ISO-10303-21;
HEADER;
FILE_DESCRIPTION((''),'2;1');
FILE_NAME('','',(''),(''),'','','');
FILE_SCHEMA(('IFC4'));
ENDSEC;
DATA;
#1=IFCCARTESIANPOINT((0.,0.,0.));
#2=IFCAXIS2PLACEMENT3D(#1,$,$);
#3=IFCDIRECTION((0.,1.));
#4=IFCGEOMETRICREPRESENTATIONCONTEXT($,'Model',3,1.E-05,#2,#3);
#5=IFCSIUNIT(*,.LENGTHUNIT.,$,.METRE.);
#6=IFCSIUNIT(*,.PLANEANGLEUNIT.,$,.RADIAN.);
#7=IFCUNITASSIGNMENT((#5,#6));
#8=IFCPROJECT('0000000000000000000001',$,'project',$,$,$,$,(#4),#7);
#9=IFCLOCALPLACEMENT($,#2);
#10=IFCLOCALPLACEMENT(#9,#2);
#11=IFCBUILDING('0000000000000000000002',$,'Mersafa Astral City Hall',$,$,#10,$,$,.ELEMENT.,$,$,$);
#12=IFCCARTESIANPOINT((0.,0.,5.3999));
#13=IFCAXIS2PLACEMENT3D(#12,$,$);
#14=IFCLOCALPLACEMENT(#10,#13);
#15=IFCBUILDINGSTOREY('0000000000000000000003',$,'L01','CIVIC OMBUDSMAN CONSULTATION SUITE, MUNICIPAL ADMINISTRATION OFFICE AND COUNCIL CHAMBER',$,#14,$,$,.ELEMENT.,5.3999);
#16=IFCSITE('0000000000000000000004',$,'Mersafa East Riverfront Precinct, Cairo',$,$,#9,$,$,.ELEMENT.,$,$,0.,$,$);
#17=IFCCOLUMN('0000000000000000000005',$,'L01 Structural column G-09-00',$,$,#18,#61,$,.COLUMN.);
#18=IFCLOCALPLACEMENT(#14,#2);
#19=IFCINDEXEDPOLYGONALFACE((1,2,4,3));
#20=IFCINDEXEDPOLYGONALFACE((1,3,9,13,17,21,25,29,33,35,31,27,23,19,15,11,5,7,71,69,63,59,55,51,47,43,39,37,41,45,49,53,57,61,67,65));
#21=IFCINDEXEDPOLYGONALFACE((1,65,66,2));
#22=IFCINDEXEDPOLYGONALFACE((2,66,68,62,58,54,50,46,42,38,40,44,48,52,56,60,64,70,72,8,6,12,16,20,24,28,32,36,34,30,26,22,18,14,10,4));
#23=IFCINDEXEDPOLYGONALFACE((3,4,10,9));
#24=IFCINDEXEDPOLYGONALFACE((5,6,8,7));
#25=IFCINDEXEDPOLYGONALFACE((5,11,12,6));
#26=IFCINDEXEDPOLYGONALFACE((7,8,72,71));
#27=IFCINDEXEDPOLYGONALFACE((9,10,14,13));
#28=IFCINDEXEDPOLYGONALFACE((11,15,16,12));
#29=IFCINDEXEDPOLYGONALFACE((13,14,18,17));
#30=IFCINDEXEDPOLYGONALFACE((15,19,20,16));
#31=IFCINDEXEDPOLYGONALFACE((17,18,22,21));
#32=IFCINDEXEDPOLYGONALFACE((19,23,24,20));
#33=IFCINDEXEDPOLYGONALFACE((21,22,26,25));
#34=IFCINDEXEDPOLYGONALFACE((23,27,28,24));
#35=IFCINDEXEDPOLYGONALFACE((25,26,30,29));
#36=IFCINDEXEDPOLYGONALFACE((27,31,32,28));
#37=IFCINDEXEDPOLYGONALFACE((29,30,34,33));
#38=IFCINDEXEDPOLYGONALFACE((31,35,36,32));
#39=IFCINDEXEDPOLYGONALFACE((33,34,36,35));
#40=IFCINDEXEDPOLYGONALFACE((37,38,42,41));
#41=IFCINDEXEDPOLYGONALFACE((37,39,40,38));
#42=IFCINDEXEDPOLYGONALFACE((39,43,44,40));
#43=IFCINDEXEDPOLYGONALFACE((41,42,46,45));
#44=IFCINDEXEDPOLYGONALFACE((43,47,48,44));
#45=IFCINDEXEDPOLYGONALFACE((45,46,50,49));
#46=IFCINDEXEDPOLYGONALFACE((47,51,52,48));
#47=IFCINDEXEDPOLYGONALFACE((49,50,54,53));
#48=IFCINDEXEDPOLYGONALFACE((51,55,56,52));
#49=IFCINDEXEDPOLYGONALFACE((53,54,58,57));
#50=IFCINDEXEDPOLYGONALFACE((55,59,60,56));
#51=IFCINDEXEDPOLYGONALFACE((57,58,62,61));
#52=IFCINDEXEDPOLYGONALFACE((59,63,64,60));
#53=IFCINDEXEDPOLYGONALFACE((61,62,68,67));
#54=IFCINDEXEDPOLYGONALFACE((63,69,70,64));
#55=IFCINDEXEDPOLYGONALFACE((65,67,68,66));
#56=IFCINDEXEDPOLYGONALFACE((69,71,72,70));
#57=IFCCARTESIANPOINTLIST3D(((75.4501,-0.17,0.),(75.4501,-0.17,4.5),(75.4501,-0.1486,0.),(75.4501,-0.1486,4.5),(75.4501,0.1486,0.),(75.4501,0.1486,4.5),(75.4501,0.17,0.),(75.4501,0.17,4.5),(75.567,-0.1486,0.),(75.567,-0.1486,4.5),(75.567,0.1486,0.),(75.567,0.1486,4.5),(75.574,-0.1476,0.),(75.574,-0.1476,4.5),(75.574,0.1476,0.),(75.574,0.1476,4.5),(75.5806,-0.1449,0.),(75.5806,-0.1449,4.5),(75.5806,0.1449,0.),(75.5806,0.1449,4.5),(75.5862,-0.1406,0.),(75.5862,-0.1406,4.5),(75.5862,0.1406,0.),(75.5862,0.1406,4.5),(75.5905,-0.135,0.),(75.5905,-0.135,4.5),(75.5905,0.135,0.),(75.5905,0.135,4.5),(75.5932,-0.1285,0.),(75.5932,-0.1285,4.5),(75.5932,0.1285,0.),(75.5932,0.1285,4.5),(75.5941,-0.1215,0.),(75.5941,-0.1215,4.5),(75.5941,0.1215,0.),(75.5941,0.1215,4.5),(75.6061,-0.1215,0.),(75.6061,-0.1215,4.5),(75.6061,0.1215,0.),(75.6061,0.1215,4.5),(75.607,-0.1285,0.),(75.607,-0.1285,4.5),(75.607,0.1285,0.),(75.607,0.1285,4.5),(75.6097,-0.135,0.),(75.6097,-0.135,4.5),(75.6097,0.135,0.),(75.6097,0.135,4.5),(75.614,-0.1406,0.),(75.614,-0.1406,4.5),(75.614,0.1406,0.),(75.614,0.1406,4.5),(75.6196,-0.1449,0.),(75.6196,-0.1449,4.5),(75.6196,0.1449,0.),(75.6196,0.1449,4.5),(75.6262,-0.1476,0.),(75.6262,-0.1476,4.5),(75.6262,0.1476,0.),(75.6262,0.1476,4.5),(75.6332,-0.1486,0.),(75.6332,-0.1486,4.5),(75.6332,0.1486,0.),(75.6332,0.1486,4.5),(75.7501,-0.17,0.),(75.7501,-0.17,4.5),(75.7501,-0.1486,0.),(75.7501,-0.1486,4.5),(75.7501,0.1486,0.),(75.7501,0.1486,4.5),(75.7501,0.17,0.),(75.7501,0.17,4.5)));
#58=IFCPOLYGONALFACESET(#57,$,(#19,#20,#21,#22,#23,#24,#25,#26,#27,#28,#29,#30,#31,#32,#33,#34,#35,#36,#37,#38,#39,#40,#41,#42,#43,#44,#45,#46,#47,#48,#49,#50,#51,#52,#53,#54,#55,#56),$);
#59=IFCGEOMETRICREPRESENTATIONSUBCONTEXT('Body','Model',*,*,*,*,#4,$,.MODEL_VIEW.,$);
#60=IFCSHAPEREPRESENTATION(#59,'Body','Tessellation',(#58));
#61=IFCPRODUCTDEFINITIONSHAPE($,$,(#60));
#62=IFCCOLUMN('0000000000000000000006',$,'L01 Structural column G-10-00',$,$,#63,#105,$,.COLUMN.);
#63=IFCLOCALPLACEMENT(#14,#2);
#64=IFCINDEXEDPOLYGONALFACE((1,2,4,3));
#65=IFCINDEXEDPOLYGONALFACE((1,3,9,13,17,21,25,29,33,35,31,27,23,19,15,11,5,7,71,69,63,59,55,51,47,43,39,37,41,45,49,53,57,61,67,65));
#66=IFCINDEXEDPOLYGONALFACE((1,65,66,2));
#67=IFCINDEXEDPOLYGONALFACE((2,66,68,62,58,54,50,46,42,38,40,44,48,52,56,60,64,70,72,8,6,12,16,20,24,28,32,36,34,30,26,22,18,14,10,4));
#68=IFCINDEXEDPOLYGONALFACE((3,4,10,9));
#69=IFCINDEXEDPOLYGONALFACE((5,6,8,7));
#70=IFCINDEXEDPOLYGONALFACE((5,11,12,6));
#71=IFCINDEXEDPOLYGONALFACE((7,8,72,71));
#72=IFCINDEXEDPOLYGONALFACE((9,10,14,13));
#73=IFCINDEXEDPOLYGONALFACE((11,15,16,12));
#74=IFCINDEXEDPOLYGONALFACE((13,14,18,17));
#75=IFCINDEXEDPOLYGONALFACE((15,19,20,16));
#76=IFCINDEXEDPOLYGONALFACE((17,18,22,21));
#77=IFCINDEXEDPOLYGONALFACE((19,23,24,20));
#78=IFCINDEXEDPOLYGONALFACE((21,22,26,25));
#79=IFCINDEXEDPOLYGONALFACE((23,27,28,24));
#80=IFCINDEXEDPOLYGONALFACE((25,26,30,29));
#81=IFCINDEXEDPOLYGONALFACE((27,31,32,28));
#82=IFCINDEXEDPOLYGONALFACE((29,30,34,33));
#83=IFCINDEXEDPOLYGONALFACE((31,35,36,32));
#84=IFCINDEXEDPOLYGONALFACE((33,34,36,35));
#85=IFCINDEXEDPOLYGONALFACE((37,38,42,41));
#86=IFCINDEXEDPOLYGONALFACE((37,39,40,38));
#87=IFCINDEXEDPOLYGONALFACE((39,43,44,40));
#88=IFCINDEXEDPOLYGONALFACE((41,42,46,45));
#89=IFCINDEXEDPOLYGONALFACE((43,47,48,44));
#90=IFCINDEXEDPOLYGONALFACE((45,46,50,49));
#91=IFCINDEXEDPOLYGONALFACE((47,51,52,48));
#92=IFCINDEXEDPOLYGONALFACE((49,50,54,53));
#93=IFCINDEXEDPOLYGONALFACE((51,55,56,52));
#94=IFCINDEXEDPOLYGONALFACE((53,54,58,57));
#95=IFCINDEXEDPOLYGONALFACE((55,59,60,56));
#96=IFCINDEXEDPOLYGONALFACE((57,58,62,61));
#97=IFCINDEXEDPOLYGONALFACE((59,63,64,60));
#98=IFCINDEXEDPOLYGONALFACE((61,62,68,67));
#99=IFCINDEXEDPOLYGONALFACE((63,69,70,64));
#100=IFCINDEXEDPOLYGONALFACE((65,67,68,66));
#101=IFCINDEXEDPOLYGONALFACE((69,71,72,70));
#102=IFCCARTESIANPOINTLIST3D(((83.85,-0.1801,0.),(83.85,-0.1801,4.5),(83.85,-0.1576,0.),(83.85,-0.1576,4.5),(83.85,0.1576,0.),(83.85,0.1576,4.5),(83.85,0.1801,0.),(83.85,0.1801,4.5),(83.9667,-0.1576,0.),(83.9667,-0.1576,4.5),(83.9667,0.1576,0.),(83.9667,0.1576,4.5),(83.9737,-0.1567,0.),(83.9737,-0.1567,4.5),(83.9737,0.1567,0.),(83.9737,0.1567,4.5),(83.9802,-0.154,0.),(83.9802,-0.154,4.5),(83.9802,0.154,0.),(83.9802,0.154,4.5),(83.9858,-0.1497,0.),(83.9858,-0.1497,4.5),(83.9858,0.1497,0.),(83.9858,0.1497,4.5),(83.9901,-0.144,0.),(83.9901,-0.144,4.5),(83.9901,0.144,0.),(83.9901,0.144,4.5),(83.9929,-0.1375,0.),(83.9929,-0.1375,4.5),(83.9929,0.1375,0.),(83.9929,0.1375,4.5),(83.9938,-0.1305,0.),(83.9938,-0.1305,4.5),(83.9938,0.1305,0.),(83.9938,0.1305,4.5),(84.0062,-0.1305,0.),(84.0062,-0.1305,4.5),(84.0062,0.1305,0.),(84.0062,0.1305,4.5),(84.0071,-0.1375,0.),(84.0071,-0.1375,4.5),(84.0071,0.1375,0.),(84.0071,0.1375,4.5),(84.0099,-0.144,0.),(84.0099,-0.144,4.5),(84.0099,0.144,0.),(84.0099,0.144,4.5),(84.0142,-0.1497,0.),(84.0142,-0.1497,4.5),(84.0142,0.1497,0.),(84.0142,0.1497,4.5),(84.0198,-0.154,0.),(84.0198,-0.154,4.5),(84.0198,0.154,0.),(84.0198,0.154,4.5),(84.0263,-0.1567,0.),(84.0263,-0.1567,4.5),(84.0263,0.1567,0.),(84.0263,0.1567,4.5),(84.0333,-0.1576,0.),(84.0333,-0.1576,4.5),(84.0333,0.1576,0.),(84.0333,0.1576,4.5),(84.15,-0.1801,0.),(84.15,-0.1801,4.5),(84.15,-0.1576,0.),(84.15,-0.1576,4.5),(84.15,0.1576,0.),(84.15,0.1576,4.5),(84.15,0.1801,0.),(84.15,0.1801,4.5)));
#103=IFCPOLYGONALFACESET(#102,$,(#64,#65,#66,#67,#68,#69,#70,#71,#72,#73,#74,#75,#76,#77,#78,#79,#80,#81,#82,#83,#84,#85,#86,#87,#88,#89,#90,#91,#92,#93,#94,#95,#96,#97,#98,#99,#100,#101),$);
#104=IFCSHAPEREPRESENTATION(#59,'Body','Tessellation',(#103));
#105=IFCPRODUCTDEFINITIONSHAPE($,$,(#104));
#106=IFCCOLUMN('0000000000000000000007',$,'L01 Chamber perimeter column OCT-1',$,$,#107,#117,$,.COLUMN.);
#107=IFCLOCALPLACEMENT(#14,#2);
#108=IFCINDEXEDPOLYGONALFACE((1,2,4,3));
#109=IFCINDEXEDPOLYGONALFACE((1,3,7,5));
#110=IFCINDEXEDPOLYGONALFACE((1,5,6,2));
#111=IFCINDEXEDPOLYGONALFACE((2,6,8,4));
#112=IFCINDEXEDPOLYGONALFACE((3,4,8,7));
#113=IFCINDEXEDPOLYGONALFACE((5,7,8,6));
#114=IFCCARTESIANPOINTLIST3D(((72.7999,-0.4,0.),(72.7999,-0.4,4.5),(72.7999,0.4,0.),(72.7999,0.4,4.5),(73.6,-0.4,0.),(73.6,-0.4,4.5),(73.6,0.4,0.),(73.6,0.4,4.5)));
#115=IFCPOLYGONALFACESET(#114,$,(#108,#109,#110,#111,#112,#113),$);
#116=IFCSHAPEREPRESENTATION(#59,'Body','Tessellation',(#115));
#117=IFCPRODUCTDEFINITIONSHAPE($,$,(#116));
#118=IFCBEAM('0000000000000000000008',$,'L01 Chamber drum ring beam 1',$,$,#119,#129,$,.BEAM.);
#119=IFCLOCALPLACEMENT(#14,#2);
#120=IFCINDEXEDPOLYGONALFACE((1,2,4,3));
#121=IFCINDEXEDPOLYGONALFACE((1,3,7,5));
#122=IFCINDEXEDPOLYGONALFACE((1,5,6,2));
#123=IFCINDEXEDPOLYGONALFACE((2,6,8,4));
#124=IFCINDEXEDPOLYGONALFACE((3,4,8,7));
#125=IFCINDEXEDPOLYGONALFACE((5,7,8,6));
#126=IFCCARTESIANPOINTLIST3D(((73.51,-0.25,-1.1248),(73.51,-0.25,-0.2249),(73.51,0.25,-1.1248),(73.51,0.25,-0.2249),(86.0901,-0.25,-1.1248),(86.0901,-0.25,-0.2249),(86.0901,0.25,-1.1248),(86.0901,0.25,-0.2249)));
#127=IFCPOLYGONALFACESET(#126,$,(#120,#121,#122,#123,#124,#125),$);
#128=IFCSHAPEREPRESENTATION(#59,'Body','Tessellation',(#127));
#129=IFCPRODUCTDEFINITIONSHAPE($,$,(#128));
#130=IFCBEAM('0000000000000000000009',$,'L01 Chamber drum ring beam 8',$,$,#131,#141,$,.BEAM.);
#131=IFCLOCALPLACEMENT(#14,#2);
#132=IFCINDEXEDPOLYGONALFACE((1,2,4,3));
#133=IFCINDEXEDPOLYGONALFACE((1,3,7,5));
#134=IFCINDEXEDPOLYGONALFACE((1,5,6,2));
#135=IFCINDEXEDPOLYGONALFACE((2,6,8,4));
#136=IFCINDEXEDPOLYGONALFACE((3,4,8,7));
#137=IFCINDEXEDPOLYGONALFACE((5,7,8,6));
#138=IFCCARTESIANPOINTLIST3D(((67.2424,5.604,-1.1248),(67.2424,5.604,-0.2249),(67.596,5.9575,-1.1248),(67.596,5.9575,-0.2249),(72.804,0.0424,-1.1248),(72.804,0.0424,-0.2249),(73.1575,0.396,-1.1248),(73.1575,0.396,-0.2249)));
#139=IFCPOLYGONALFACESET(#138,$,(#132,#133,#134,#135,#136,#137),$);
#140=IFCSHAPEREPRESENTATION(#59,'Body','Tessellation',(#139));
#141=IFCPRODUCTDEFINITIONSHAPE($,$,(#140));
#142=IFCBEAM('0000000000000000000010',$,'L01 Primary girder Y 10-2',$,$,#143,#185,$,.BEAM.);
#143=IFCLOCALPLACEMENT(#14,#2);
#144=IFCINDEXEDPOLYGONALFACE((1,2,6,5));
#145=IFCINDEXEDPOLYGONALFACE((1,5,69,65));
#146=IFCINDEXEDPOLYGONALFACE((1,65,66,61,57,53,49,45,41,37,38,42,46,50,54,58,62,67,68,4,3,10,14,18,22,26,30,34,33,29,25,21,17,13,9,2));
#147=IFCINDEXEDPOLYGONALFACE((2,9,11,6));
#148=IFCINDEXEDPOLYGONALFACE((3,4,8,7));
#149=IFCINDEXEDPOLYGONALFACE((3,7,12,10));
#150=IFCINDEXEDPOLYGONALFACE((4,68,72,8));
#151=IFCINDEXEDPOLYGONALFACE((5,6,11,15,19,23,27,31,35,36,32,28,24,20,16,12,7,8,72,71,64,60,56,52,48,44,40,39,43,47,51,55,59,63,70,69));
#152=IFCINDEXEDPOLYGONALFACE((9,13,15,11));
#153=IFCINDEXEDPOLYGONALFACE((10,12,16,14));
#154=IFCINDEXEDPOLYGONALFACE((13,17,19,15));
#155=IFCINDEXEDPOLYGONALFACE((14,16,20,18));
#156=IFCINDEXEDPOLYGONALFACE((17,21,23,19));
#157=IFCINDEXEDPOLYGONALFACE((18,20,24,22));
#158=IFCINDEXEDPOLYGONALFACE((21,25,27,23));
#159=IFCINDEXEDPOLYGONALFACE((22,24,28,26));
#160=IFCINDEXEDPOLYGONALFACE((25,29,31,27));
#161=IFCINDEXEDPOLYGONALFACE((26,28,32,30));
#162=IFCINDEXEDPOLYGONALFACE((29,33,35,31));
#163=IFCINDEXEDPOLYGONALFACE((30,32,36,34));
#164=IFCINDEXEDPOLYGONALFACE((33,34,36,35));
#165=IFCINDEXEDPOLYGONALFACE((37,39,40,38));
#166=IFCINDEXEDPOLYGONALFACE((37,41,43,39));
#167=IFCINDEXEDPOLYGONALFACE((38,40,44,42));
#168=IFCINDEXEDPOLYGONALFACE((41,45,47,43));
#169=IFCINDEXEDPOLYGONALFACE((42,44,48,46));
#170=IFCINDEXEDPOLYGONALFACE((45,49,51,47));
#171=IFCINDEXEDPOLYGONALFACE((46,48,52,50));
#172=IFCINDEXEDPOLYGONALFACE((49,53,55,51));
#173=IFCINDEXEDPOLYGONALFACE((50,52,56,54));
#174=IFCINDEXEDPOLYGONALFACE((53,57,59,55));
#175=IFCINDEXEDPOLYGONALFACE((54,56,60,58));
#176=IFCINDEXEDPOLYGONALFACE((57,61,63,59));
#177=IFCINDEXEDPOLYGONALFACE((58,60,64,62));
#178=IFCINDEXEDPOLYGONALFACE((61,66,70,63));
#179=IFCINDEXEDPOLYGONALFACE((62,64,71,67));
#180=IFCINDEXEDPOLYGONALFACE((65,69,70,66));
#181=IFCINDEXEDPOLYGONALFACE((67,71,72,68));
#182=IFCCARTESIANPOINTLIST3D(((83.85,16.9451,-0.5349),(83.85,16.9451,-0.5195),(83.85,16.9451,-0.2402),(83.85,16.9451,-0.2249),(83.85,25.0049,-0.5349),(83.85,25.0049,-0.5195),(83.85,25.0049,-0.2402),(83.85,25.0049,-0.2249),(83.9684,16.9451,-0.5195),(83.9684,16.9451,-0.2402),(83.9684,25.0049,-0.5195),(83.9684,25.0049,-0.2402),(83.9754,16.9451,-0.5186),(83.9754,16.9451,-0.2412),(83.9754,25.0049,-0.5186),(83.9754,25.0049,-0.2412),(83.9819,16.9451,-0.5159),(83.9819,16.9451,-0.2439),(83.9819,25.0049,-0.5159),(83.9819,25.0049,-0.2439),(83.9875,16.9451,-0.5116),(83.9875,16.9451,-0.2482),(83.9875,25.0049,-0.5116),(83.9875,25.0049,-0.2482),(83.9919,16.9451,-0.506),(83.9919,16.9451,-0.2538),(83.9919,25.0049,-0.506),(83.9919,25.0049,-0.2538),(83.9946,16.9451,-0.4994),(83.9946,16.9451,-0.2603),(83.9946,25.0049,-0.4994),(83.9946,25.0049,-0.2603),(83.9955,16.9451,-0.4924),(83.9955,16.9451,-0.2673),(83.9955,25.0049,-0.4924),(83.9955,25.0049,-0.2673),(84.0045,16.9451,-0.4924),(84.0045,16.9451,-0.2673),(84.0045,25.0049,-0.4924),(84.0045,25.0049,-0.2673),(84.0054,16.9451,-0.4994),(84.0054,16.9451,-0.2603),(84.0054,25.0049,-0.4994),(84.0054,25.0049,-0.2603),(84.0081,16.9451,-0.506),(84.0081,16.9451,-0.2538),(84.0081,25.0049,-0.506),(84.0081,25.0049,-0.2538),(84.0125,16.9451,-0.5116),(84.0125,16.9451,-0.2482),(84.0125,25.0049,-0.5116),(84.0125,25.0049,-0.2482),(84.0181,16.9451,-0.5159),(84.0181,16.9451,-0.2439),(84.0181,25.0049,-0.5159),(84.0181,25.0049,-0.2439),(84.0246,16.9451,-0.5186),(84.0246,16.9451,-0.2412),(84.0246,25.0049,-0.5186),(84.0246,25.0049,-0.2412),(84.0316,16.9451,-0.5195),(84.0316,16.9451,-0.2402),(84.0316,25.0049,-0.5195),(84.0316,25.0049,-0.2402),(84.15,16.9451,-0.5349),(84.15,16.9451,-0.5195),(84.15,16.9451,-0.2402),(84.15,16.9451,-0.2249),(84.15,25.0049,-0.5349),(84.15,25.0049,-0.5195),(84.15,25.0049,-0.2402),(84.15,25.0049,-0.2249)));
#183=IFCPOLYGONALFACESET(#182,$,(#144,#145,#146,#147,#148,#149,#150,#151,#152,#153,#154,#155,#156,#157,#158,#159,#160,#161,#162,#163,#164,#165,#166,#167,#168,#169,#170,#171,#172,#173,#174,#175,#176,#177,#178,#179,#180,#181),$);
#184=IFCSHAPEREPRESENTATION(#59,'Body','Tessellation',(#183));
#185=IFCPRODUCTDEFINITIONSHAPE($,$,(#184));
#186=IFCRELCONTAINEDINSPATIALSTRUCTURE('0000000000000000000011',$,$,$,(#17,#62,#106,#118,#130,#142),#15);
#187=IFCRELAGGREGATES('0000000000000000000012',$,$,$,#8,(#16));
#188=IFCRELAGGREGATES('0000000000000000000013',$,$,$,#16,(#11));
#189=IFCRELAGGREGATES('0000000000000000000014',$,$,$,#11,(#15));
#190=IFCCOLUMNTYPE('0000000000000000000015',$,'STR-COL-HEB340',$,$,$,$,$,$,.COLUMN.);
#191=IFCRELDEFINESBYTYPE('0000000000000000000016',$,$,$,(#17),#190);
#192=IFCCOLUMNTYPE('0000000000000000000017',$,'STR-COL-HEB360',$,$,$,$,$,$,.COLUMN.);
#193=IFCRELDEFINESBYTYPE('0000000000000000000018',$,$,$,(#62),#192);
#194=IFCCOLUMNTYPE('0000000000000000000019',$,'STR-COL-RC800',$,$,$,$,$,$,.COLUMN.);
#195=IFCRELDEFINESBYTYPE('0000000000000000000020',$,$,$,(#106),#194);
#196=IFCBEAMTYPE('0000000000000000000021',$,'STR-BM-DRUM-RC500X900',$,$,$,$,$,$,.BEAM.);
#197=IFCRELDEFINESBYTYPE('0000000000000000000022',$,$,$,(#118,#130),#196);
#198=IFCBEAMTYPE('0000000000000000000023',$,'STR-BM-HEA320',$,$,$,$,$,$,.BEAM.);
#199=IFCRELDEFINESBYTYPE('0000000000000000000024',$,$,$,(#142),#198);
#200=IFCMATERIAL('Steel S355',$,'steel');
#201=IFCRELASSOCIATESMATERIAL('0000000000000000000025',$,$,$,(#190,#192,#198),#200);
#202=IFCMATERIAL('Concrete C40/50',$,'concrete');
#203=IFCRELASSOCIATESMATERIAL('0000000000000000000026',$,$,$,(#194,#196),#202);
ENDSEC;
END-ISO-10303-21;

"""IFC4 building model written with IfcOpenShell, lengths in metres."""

from ifc_helpers import new_model, si_unit, direction, frame, origin, origin_2d, place, context, subcontext, project, spatial, rectangle, i_section, extrude, material, material_profile, profile_set, type_object, element, save


model = new_model("IFC4")

# Units and contexts
model_context = context("Model", 3, precision=1e-05, world=origin(), true_north=direction((0.0, 1.0)))
body_context = subcontext(model_context, "Body", "Model", "MODEL_VIEW")
ifc_project = project(units=[si_unit("LENGTHUNIT", "METRE"), si_unit("PLANEANGLEUNIT", "RADIAN")], contexts=[model_context])

# Site, building, storey
site_placement = place(None, origin())
site = spatial("IfcSite", under=ifc_project, at=site_placement, Name="Mersafa East Riverfront Precinct, Cairo", CompositionType="ELEMENT", RefElevation=0.0)
building_placement = place(site_placement, origin())
building = spatial("IfcBuilding", under=site, at=building_placement, Name="Mersafa Astral City Hall", CompositionType="ELEMENT")
storey_placement = place(building_placement, frame((0.0, 0.0, 5.3999)))
storey = spatial("IfcBuildingStorey", under=building, at=storey_placement, Name="L01", Description="CIVIC OMBUDSMAN CONSULTATION SUITE, MUNICIPAL ADMINISTRATION OFFICE AND COUNCIL CHAMBER", CompositionType="ELEMENT", Elevation=5.3999)

# Columns
ifc_material_1 = material(Name="Steel S355", Category="steel")
ifc_material_profile_1 = material_profile(ifc_material_1, i_section(OverallWidth=0.3, OverallDepth=0.3401, WebThickness=0.012, FlangeThickness=0.0215, FilletRadius=0.0271, at=origin_2d()), Name="HEB 340")
ifc_profile_set_1 = profile_set([ifc_material_profile_1], Name="Steel S355")
column_type_1 = type_object("IfcColumnType", Name="STR-COL-HEB340", PredefinedType="COLUMN", material=ifc_profile_set_1)
column_1_placement = place(storey_placement, frame((75.6001, 0.0, 0.0), z_axis=(0.0, 0.0, 1.0), x_axis=(1.0, 0.0, 0.0)))
element("IfcColumn", 1, at=column_1_placement, inside=storey, type_object=column_type_1, Name="L01 Structural column G-09-00", PredefinedType="COLUMN", context=body_context, shape_type="SweptSolid", body=[
    extrude(i_section(OverallWidth=0.3, OverallDepth=0.3401, WebThickness=0.012, FlangeThickness=0.0215, FilletRadius=0.0271, at=origin_2d()), origin(), (0.0, 0.0, 1.0), 4.5),
])
ifc_material_profile_2 = material_profile(ifc_material_1, i_section(OverallWidth=0.3, OverallDepth=0.3601, WebThickness=0.0125, FlangeThickness=0.0225, FilletRadius=0.0271, at=origin_2d()), Name="HEB 360")
ifc_profile_set_2 = profile_set([ifc_material_profile_2], Name="Steel S355")
column_type_2 = type_object("IfcColumnType", Name="STR-COL-HEB360", PredefinedType="COLUMN", material=ifc_profile_set_2)
column_2_placement = place(storey_placement, frame((84.0, 0.0, 0.0), z_axis=(0.0, 0.0, 1.0), x_axis=(1.0, 0.0, 0.0)))
element("IfcColumn", 2, at=column_2_placement, inside=storey, type_object=column_type_2, Name="L01 Structural column G-10-00", PredefinedType="COLUMN", context=body_context, shape_type="SweptSolid", body=[
    extrude(i_section(OverallWidth=0.3, OverallDepth=0.3601, WebThickness=0.0125, FlangeThickness=0.0225, FilletRadius=0.0271, at=origin_2d()), origin(), (0.0, 0.0, 1.0), 4.5),
])
ifc_material_2 = material(Name="Concrete C40/50", Category="concrete")
ifc_material_profile_3 = material_profile(ifc_material_2, rectangle(XDim=0.8, YDim=0.8, at=origin_2d()), Name="RC 800x800")
ifc_profile_set_3 = profile_set([ifc_material_profile_3], Name="Concrete C40/50")
column_type_3 = type_object("IfcColumnType", Name="STR-COL-RC800", PredefinedType="COLUMN", material=ifc_profile_set_3)
column_3_placement = place(storey_placement, frame((73.2, 0.0, 0.0), z_axis=(0.0, 0.0, 1.0), x_axis=(1.0, 0.0, 0.0)))
element("IfcColumn", 3, at=column_3_placement, inside=storey, type_object=column_type_3, Name="L01 Chamber perimeter column OCT-1", PredefinedType="COLUMN", context=body_context, shape_type="SweptSolid", body=[
    extrude(rectangle(XDim=0.8, YDim=0.8, at=origin_2d()), origin(), (0.0, 0.0, 1.0), 4.5),
])

# Beams
ifc_material_profile_4 = material_profile(ifc_material_2, rectangle(XDim=0.5, YDim=0.8999, at=origin_2d()), Name="RC 500x900")
ifc_profile_set_4 = profile_set([ifc_material_profile_4], Name="Concrete C40/50")
beam_type_1 = type_object("IfcBeamType", Name="STR-BM-DRUM-RC500X900", PredefinedType="BEAM", material=ifc_profile_set_4)
beam_1_placement = place(storey_placement, frame((73.51, 0.0, -0.6748), z_axis=(1.0, 0.0, 0.0), x_axis=(0.0, 1.0, 0.0)))
element("IfcBeam", 4, at=beam_1_placement, inside=storey, type_object=beam_type_1, Name="L01 Chamber drum ring beam 1", PredefinedType="BEAM", context=body_context, shape_type="SweptSolid", body=[
    extrude(rectangle(XDim=0.5, YDim=0.8999, at=origin_2d()), origin(), (0.0, 0.0, 1.0), 12.5801),
])
beam_2_placement = place(storey_placement, frame((67.4192, 5.7808, -0.6748), z_axis=(0.707107, -0.707107, 0.0), x_axis=(0.707107, 0.707107, 0.0)))
element("IfcBeam", 5, at=beam_2_placement, inside=storey, type_object=beam_type_1, Name="L01 Chamber drum ring beam 8", PredefinedType="BEAM", context=body_context, shape_type="SweptSolid", body=[
    extrude(rectangle(XDim=0.5, YDim=0.8999, at=origin_2d()), origin(), (0.0, 0.0, 1.0), 7.8652),
])
ifc_material_profile_5 = material_profile(ifc_material_1, i_section(OverallWidth=0.3, OverallDepth=0.3101, WebThickness=0.009, FlangeThickness=0.0154, FilletRadius=0.0271, at=origin_2d()), Name="HEA 320")
ifc_profile_set_5 = profile_set([ifc_material_profile_5], Name="Steel S355")
beam_type_2 = type_object("IfcBeamType", Name="STR-BM-HEA320", PredefinedType="BEAM", material=ifc_profile_set_5)
beam_3_placement = place(storey_placement, frame((84.0, 16.9451, -0.3799), z_axis=(0.0, 1.0, 0.0), x_axis=(-1.0, 0.0, 0.0)))
element("IfcBeam", 6, at=beam_3_placement, inside=storey, type_object=beam_type_2, Name="L01 Primary girder Y 10-2", PredefinedType="BEAM", context=body_context, shape_type="SweptSolid", body=[
    extrude(i_section(OverallWidth=0.3, OverallDepth=0.3101, WebThickness=0.009, FlangeThickness=0.0154, FilletRadius=0.0271, at=origin_2d()), origin(), (0.0, 0.0, 1.0), 8.0598),
])

save(model, "model.ifc")
